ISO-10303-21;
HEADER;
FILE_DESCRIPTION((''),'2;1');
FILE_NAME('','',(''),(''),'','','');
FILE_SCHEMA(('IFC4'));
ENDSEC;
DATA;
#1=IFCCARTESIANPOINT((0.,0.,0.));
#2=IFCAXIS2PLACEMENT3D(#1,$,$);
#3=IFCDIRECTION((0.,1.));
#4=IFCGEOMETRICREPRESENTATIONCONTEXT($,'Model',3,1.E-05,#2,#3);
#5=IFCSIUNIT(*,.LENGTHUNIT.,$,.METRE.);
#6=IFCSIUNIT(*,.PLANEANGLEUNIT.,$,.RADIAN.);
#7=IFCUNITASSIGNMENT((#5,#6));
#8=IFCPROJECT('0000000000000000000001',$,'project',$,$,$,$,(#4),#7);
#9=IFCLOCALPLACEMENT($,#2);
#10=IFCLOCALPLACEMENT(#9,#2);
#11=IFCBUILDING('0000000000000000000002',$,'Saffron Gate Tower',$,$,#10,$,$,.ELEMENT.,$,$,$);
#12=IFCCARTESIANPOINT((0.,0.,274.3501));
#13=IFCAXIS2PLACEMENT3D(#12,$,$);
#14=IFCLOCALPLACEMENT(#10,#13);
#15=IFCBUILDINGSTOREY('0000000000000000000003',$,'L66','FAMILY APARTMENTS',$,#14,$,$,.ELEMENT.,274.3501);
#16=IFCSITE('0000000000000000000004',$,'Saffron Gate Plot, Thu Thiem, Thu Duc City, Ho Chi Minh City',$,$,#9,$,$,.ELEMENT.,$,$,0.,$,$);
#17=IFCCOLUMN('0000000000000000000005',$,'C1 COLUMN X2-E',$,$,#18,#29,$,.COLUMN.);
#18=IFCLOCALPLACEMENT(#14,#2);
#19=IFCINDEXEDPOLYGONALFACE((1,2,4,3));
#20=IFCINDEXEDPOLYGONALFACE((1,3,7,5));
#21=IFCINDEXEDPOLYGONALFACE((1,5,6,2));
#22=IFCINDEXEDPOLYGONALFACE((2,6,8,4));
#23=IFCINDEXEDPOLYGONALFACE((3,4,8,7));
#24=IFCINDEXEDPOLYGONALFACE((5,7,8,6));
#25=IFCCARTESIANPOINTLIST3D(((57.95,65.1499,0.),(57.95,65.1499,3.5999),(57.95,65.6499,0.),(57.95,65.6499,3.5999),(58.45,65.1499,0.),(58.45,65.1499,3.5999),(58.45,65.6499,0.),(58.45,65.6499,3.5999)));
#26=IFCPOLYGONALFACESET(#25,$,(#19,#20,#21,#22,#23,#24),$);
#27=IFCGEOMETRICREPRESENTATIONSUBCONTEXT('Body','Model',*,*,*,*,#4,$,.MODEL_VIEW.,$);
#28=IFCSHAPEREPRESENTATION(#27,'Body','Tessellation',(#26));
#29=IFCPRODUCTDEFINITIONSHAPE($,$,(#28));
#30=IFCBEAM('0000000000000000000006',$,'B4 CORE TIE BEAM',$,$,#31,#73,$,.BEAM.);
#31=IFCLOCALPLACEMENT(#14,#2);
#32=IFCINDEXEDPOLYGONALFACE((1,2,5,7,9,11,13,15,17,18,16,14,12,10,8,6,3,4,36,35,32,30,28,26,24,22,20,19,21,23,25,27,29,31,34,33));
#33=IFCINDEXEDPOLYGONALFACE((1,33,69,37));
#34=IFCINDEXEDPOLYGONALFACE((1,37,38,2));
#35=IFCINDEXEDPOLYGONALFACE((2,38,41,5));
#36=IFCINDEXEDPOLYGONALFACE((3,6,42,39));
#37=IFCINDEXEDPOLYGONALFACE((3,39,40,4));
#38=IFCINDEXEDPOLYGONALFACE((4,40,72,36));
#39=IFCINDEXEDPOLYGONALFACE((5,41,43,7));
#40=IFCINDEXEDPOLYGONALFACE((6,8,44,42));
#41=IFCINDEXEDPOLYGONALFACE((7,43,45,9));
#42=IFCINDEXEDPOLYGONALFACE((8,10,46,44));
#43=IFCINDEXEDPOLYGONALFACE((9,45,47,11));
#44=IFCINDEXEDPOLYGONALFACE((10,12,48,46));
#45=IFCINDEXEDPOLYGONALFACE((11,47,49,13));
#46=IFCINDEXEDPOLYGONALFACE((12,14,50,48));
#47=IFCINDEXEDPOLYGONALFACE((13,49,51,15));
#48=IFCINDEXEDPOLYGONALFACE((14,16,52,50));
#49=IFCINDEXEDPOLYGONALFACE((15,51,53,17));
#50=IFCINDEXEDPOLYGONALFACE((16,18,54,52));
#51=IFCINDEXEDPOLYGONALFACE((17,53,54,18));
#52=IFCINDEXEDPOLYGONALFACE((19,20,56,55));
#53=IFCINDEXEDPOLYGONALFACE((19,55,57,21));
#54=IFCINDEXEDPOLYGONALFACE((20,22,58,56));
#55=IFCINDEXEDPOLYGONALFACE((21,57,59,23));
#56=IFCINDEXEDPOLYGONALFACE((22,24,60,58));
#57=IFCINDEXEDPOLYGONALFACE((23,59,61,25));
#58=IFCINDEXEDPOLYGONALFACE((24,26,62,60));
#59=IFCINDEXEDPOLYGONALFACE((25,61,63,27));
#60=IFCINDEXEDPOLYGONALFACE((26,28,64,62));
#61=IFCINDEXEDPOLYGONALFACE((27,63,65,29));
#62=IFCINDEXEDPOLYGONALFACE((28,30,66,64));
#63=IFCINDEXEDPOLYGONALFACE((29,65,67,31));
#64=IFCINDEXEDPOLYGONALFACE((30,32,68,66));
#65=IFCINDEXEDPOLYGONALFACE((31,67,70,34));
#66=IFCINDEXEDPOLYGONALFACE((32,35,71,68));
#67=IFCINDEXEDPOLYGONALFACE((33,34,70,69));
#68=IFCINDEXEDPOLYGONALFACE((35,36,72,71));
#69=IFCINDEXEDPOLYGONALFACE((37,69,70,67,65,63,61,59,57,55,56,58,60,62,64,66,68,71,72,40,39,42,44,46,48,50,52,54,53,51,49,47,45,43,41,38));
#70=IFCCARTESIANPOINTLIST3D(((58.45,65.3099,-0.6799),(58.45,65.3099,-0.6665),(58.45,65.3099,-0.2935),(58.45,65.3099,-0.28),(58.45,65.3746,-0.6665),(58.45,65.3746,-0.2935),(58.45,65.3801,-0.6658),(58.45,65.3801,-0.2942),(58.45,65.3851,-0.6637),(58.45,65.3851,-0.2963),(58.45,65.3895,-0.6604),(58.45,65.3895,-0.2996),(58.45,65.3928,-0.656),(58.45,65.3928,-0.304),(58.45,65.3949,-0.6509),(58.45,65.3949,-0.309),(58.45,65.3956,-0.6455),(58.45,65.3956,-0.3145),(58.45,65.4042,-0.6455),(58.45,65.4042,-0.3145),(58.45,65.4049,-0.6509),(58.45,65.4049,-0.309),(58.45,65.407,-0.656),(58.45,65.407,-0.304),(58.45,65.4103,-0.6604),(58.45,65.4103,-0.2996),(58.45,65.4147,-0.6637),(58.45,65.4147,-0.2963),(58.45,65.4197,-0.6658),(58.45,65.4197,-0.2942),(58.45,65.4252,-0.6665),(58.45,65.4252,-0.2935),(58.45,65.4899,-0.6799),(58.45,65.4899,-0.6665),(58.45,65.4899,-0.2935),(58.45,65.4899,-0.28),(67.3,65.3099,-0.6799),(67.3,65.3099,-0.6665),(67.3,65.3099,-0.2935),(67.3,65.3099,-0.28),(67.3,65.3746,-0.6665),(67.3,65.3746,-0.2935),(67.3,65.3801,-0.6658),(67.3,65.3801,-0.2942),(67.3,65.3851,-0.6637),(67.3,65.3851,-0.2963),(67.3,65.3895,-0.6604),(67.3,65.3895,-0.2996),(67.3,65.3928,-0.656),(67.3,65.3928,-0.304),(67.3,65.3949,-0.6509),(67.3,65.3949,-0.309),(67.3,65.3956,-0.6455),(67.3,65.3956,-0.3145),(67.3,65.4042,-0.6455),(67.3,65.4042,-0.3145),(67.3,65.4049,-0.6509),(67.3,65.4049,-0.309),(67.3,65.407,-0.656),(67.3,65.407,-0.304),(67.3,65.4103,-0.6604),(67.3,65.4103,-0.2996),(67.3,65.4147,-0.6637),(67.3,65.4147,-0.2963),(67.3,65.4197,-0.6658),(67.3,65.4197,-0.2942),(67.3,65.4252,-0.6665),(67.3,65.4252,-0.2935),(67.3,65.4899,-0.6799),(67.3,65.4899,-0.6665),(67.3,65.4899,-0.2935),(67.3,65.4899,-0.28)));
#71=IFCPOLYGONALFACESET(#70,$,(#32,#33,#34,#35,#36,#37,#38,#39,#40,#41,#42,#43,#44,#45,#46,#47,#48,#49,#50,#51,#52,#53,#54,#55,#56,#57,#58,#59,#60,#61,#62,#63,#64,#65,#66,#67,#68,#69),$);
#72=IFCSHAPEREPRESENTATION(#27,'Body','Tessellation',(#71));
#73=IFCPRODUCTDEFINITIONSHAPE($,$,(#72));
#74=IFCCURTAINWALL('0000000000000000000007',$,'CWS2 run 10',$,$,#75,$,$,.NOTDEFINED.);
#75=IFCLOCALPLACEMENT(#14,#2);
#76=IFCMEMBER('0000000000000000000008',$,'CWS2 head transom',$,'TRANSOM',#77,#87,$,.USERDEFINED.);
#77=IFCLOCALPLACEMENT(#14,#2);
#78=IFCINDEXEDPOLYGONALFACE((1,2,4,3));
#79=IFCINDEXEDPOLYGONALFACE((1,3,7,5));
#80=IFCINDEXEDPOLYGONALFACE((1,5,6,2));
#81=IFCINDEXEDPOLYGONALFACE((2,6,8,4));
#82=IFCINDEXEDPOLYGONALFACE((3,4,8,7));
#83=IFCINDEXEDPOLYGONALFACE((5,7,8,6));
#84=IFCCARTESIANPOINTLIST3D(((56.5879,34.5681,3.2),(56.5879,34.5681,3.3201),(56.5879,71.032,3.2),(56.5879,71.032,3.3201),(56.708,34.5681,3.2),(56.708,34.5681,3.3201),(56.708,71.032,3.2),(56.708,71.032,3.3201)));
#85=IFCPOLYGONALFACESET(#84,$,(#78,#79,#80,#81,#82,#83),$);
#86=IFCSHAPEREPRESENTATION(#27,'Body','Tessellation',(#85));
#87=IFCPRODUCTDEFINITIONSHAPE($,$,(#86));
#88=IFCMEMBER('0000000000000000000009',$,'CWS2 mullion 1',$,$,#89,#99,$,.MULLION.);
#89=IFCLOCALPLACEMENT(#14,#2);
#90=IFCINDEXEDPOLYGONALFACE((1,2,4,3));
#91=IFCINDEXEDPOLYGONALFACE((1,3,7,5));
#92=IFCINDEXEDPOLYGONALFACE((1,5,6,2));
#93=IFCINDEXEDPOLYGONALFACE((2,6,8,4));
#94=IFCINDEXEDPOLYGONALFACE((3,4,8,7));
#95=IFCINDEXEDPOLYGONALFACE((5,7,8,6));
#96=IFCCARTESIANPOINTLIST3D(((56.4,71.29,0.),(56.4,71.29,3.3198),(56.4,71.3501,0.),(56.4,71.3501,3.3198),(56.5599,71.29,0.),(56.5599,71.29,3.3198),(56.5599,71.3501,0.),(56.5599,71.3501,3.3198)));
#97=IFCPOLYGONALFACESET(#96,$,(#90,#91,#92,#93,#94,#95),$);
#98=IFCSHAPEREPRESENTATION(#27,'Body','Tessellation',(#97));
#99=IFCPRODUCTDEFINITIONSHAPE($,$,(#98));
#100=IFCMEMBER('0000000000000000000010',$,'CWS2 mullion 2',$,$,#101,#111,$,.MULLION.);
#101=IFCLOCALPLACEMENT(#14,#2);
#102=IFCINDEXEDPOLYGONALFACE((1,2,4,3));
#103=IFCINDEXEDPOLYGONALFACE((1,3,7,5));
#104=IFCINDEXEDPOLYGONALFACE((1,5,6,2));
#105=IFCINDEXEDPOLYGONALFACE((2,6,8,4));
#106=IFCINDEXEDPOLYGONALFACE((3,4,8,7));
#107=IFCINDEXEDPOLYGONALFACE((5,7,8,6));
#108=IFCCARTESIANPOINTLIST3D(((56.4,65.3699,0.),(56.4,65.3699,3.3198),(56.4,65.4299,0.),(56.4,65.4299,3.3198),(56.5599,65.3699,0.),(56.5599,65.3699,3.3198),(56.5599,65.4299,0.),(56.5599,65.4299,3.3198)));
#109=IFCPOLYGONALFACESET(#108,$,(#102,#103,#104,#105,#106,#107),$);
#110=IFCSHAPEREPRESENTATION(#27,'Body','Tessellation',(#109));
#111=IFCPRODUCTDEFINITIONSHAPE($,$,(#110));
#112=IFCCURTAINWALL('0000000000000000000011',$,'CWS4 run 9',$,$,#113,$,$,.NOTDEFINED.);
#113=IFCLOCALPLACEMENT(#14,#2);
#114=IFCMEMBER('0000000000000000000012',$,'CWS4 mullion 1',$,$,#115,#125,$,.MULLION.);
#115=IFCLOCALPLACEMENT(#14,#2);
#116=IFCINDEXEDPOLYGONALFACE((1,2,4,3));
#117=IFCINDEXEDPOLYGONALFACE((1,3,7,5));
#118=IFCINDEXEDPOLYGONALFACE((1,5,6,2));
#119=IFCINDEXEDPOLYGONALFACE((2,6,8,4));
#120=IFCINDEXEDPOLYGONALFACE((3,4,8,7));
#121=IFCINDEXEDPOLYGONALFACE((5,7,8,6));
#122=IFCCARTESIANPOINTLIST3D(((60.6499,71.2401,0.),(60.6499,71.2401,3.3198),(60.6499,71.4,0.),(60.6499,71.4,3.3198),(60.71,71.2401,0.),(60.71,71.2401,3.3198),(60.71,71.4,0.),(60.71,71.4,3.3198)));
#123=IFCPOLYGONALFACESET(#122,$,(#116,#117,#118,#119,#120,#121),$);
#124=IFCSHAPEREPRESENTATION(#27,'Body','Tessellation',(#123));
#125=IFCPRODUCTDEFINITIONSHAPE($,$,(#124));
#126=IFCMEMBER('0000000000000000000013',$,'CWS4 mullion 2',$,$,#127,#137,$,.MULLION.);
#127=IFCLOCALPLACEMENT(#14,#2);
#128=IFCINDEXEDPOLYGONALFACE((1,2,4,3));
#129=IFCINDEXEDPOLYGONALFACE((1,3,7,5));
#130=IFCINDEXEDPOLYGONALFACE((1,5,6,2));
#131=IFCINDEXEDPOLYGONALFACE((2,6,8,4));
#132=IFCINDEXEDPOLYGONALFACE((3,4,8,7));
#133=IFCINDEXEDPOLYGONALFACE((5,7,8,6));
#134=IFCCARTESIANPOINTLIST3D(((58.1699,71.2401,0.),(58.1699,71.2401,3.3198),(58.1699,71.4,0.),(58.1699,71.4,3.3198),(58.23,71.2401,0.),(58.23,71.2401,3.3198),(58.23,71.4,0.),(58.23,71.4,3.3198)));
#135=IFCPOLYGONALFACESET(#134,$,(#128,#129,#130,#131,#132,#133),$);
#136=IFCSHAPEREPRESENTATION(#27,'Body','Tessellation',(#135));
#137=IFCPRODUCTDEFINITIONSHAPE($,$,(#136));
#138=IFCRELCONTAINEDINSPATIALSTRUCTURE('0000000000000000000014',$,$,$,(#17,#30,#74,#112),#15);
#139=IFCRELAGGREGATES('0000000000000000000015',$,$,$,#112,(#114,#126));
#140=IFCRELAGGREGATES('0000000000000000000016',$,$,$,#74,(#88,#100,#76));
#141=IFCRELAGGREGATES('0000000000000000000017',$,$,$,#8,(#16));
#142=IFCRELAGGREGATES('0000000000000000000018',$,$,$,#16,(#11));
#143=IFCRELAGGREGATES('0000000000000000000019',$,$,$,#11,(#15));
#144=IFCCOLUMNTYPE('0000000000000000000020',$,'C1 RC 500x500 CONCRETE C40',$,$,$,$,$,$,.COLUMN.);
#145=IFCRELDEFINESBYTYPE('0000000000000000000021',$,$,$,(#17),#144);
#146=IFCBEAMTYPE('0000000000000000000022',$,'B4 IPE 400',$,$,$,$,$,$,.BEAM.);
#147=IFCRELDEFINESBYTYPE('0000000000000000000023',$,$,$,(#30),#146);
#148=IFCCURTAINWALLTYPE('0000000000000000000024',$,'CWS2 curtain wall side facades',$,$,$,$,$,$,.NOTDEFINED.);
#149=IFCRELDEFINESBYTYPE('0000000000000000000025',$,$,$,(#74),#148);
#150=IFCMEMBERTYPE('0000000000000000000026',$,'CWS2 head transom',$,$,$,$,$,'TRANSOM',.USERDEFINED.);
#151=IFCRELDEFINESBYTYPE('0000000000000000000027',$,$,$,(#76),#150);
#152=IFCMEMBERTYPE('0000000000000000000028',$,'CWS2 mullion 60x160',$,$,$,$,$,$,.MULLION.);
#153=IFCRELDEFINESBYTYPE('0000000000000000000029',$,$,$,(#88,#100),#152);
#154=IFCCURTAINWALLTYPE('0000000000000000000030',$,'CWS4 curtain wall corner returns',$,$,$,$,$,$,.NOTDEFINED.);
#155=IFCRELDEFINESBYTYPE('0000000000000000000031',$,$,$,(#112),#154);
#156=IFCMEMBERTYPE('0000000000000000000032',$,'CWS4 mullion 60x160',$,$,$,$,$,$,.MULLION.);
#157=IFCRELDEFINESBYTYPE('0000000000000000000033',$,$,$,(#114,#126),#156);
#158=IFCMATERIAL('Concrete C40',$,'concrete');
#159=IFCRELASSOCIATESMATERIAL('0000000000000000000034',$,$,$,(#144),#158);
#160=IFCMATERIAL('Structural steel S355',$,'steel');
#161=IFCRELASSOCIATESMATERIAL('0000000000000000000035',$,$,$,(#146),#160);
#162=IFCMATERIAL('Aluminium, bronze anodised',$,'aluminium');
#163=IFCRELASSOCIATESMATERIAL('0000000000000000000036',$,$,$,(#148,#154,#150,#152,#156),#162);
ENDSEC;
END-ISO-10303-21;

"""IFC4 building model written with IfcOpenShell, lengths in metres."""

from ifc_helpers import new_model, si_unit, direction, frame, origin, origin_2d, place, context, subcontext, project, spatial, rectangle, i_section, extrude, material, material_profile, profile_set, type_object, element, aggregate, save


model = new_model("IFC4")

# Units and contexts
model_context = context("Model", 3, precision=1e-05, world=origin(), true_north=direction((0.0, 1.0)))
body_context = subcontext(model_context, "Body", "Model", "MODEL_VIEW")
ifc_project = project(units=[si_unit("LENGTHUNIT", "METRE"), si_unit("PLANEANGLEUNIT", "RADIAN")], contexts=[model_context])

# Site, building, storey
site_placement = place(None, origin())
site = spatial("IfcSite", under=ifc_project, at=site_placement, Name="Saffron Gate Plot, Thu Thiem, Thu Duc City, Ho Chi Minh City", CompositionType="ELEMENT", RefElevation=0.0)
building_placement = place(site_placement, origin())
building = spatial("IfcBuilding", under=site, at=building_placement, Name="Saffron Gate Tower", CompositionType="ELEMENT")
storey_placement = place(building_placement, frame((0.0, 0.0, 274.3501)))
storey = spatial("IfcBuildingStorey", under=building, at=storey_placement, Name="L66", Description="FAMILY APARTMENTS", CompositionType="ELEMENT", Elevation=274.3501)

# Column
ifc_material_1 = material(Name="Concrete C40", Category="concrete")
ifc_material_profile_1 = material_profile(ifc_material_1, rectangle(XDim=0.5, YDim=0.5, at=origin_2d()))
ifc_profile_set_1 = profile_set([ifc_material_profile_1], Name="Concrete C40")
column_type = type_object("IfcColumnType", Name="C1 RC 500x500 CONCRETE C40", PredefinedType="COLUMN", material=ifc_profile_set_1)
column_placement = place(storey_placement, frame((58.2, 65.3999, 0.0), z_axis=(0.0, 0.0, 1.0), x_axis=(1.0, 0.0, 0.0)))
element("IfcColumn", 1, at=column_placement, inside=storey, type_object=column_type, Name="C1 COLUMN X2-E", PredefinedType="COLUMN", context=body_context, shape_type="SweptSolid", body=[
    extrude(rectangle(XDim=0.5, YDim=0.5, at=origin_2d()), origin(), (0.0, 0.0, 1.0), 3.5999),
])

# Beam
ifc_material_2 = material(Name="Structural steel S355", Category="steel")
ifc_material_profile_2 = material_profile(ifc_material_2, i_section(OverallWidth=0.1799, OverallDepth=0.3999, WebThickness=0.0085, FlangeThickness=0.0134, FilletRadius=0.021, at=origin_2d()))
ifc_profile_set_2 = profile_set([ifc_material_profile_2], Name="Structural steel S355")
beam_type = type_object("IfcBeamType", Name="B4 IPE 400", PredefinedType="BEAM", material=ifc_profile_set_2)
beam_placement = place(storey_placement, frame((58.45, 65.3999, -0.48), z_axis=(1.0, 0.0, 0.0), x_axis=(0.0, 1.0, 0.0)))
element("IfcBeam", 2, at=beam_placement, inside=storey, type_object=beam_type, Name="B4 CORE TIE BEAM", PredefinedType="BEAM", context=body_context, shape_type="SweptSolid", body=[
    extrude(i_section(OverallWidth=0.1799, OverallDepth=0.3999, WebThickness=0.0085, FlangeThickness=0.0134, FilletRadius=0.021, at=origin_2d()), origin(), (0.0, 0.0, 1.0), 8.8501),
])

# Curtain walls, members
ifc_material_3 = material(Name="Aluminium, bronze anodised", Category="aluminium")
curtain_wall_type_1 = type_object("IfcCurtainWallType", Name="CWS2 curtain wall side facades", PredefinedType="NOTDEFINED", material=ifc_material_3)
curtain_wall_1_placement = place(storey_placement, origin())
curtain_wall_1 = element("IfcCurtainWall", 3, at=curtain_wall_1_placement, inside=storey, type_object=curtain_wall_type_1, Name="CWS2 run 10", PredefinedType="NOTDEFINED")
ifc_material_profile_3 = material_profile(ifc_material_3, rectangle(XDim=0.1201, YDim=0.1201, at=origin_2d()))
ifc_profile_set_3 = profile_set([ifc_material_profile_3], Name="Aluminium, bronze anodised")
member_type_1 = type_object("IfcMemberType", Name="CWS2 head transom", ElementType="TRANSOM", PredefinedType="USERDEFINED", material=ifc_profile_set_3)
member_1_placement = place(storey_placement, frame((56.6479, 71.032, 3.26), z_axis=(0.0, -1.0, 0.0), x_axis=(1.0, 0.0, 0.0)))
member_1 = element("IfcMember", 4, at=member_1_placement, type_object=member_type_1, Name="CWS2 head transom", ObjectType="TRANSOM", PredefinedType="USERDEFINED", context=body_context, shape_type="SweptSolid", body=[
    extrude(rectangle(XDim=0.1201, YDim=0.1201, at=origin_2d()), origin(), (0.0, 0.0, 1.0), 36.4639),
])
ifc_material_profile_4 = material_profile(ifc_material_3, rectangle(XDim=0.1599, YDim=0.0601, at=origin_2d()))
ifc_profile_set_4 = profile_set([ifc_material_profile_4], Name="Aluminium, bronze anodised")
member_type_2 = type_object("IfcMemberType", Name="CWS2 mullion 60x160", PredefinedType="MULLION", material=ifc_profile_set_4)
member_2_placement = place(storey_placement, frame((56.48, 71.3201, 0.0), z_axis=(0.0, 0.0, 1.0), x_axis=(1.0, 0.0, 0.0)))
member_2 = element("IfcMember", 5, at=member_2_placement, type_object=member_type_2, Name="CWS2 mullion 1", PredefinedType="MULLION", context=body_context, shape_type="SweptSolid", body=[
    extrude(rectangle(XDim=0.1599, YDim=0.0601, at=origin_2d()), origin(), (0.0, 0.0, 1.0), 3.3198),
])
member_3_placement = place(storey_placement, frame((56.48, 65.3999, 0.0), z_axis=(0.0, 0.0, 1.0), x_axis=(1.0, 0.0, 0.0)))
member_3 = element("IfcMember", 6, at=member_3_placement, type_object=member_type_2, Name="CWS2 mullion 2", PredefinedType="MULLION", context=body_context, shape_type="SweptSolid", body=[
    extrude(rectangle(XDim=0.1599, YDim=0.0601, at=origin_2d()), origin(), (0.0, 0.0, 1.0), 3.3198),
])
curtain_wall_type_2 = type_object("IfcCurtainWallType", Name="CWS4 curtain wall corner returns", PredefinedType="NOTDEFINED", material=ifc_material_3)
curtain_wall_2_placement = place(storey_placement, origin())
curtain_wall_2 = element("IfcCurtainWall", 7, at=curtain_wall_2_placement, inside=storey, type_object=curtain_wall_type_2, Name="CWS4 run 9", PredefinedType="NOTDEFINED")
ifc_material_profile_5 = material_profile(ifc_material_3, rectangle(XDim=0.1599, YDim=0.0601, at=origin_2d()))
ifc_profile_set_5 = profile_set([ifc_material_profile_5], Name="Aluminium, bronze anodised")
member_type_3 = type_object("IfcMemberType", Name="CWS4 mullion 60x160", PredefinedType="MULLION", material=ifc_profile_set_5)
member_4_placement = place(storey_placement, frame((60.6799, 71.3201, 0.0), z_axis=(0.0, 0.0, 1.0), x_axis=(0.0, -1.0, 0.0)))
member_4 = element("IfcMember", 8, at=member_4_placement, type_object=member_type_3, Name="CWS4 mullion 1", PredefinedType="MULLION", context=body_context, shape_type="SweptSolid", body=[
    extrude(rectangle(XDim=0.1599, YDim=0.0601, at=origin_2d()), origin(), (0.0, 0.0, 1.0), 3.3198),
])
member_5_placement = place(storey_placement, frame((58.2, 71.3201, 0.0), z_axis=(0.0, 0.0, 1.0), x_axis=(0.0, -1.0, 0.0)))
member_5 = element("IfcMember", 9, at=member_5_placement, type_object=member_type_3, Name="CWS4 mullion 2", PredefinedType="MULLION", context=body_context, shape_type="SweptSolid", body=[
    extrude(rectangle(XDim=0.1599, YDim=0.0601, at=origin_2d()), origin(), (0.0, 0.0, 1.0), 3.3198),
])
aggregate(curtain_wall_2, [member_4, member_5])

aggregate(curtain_wall_1, [member_2, member_3, member_1])

save(model, "model.ifc")
